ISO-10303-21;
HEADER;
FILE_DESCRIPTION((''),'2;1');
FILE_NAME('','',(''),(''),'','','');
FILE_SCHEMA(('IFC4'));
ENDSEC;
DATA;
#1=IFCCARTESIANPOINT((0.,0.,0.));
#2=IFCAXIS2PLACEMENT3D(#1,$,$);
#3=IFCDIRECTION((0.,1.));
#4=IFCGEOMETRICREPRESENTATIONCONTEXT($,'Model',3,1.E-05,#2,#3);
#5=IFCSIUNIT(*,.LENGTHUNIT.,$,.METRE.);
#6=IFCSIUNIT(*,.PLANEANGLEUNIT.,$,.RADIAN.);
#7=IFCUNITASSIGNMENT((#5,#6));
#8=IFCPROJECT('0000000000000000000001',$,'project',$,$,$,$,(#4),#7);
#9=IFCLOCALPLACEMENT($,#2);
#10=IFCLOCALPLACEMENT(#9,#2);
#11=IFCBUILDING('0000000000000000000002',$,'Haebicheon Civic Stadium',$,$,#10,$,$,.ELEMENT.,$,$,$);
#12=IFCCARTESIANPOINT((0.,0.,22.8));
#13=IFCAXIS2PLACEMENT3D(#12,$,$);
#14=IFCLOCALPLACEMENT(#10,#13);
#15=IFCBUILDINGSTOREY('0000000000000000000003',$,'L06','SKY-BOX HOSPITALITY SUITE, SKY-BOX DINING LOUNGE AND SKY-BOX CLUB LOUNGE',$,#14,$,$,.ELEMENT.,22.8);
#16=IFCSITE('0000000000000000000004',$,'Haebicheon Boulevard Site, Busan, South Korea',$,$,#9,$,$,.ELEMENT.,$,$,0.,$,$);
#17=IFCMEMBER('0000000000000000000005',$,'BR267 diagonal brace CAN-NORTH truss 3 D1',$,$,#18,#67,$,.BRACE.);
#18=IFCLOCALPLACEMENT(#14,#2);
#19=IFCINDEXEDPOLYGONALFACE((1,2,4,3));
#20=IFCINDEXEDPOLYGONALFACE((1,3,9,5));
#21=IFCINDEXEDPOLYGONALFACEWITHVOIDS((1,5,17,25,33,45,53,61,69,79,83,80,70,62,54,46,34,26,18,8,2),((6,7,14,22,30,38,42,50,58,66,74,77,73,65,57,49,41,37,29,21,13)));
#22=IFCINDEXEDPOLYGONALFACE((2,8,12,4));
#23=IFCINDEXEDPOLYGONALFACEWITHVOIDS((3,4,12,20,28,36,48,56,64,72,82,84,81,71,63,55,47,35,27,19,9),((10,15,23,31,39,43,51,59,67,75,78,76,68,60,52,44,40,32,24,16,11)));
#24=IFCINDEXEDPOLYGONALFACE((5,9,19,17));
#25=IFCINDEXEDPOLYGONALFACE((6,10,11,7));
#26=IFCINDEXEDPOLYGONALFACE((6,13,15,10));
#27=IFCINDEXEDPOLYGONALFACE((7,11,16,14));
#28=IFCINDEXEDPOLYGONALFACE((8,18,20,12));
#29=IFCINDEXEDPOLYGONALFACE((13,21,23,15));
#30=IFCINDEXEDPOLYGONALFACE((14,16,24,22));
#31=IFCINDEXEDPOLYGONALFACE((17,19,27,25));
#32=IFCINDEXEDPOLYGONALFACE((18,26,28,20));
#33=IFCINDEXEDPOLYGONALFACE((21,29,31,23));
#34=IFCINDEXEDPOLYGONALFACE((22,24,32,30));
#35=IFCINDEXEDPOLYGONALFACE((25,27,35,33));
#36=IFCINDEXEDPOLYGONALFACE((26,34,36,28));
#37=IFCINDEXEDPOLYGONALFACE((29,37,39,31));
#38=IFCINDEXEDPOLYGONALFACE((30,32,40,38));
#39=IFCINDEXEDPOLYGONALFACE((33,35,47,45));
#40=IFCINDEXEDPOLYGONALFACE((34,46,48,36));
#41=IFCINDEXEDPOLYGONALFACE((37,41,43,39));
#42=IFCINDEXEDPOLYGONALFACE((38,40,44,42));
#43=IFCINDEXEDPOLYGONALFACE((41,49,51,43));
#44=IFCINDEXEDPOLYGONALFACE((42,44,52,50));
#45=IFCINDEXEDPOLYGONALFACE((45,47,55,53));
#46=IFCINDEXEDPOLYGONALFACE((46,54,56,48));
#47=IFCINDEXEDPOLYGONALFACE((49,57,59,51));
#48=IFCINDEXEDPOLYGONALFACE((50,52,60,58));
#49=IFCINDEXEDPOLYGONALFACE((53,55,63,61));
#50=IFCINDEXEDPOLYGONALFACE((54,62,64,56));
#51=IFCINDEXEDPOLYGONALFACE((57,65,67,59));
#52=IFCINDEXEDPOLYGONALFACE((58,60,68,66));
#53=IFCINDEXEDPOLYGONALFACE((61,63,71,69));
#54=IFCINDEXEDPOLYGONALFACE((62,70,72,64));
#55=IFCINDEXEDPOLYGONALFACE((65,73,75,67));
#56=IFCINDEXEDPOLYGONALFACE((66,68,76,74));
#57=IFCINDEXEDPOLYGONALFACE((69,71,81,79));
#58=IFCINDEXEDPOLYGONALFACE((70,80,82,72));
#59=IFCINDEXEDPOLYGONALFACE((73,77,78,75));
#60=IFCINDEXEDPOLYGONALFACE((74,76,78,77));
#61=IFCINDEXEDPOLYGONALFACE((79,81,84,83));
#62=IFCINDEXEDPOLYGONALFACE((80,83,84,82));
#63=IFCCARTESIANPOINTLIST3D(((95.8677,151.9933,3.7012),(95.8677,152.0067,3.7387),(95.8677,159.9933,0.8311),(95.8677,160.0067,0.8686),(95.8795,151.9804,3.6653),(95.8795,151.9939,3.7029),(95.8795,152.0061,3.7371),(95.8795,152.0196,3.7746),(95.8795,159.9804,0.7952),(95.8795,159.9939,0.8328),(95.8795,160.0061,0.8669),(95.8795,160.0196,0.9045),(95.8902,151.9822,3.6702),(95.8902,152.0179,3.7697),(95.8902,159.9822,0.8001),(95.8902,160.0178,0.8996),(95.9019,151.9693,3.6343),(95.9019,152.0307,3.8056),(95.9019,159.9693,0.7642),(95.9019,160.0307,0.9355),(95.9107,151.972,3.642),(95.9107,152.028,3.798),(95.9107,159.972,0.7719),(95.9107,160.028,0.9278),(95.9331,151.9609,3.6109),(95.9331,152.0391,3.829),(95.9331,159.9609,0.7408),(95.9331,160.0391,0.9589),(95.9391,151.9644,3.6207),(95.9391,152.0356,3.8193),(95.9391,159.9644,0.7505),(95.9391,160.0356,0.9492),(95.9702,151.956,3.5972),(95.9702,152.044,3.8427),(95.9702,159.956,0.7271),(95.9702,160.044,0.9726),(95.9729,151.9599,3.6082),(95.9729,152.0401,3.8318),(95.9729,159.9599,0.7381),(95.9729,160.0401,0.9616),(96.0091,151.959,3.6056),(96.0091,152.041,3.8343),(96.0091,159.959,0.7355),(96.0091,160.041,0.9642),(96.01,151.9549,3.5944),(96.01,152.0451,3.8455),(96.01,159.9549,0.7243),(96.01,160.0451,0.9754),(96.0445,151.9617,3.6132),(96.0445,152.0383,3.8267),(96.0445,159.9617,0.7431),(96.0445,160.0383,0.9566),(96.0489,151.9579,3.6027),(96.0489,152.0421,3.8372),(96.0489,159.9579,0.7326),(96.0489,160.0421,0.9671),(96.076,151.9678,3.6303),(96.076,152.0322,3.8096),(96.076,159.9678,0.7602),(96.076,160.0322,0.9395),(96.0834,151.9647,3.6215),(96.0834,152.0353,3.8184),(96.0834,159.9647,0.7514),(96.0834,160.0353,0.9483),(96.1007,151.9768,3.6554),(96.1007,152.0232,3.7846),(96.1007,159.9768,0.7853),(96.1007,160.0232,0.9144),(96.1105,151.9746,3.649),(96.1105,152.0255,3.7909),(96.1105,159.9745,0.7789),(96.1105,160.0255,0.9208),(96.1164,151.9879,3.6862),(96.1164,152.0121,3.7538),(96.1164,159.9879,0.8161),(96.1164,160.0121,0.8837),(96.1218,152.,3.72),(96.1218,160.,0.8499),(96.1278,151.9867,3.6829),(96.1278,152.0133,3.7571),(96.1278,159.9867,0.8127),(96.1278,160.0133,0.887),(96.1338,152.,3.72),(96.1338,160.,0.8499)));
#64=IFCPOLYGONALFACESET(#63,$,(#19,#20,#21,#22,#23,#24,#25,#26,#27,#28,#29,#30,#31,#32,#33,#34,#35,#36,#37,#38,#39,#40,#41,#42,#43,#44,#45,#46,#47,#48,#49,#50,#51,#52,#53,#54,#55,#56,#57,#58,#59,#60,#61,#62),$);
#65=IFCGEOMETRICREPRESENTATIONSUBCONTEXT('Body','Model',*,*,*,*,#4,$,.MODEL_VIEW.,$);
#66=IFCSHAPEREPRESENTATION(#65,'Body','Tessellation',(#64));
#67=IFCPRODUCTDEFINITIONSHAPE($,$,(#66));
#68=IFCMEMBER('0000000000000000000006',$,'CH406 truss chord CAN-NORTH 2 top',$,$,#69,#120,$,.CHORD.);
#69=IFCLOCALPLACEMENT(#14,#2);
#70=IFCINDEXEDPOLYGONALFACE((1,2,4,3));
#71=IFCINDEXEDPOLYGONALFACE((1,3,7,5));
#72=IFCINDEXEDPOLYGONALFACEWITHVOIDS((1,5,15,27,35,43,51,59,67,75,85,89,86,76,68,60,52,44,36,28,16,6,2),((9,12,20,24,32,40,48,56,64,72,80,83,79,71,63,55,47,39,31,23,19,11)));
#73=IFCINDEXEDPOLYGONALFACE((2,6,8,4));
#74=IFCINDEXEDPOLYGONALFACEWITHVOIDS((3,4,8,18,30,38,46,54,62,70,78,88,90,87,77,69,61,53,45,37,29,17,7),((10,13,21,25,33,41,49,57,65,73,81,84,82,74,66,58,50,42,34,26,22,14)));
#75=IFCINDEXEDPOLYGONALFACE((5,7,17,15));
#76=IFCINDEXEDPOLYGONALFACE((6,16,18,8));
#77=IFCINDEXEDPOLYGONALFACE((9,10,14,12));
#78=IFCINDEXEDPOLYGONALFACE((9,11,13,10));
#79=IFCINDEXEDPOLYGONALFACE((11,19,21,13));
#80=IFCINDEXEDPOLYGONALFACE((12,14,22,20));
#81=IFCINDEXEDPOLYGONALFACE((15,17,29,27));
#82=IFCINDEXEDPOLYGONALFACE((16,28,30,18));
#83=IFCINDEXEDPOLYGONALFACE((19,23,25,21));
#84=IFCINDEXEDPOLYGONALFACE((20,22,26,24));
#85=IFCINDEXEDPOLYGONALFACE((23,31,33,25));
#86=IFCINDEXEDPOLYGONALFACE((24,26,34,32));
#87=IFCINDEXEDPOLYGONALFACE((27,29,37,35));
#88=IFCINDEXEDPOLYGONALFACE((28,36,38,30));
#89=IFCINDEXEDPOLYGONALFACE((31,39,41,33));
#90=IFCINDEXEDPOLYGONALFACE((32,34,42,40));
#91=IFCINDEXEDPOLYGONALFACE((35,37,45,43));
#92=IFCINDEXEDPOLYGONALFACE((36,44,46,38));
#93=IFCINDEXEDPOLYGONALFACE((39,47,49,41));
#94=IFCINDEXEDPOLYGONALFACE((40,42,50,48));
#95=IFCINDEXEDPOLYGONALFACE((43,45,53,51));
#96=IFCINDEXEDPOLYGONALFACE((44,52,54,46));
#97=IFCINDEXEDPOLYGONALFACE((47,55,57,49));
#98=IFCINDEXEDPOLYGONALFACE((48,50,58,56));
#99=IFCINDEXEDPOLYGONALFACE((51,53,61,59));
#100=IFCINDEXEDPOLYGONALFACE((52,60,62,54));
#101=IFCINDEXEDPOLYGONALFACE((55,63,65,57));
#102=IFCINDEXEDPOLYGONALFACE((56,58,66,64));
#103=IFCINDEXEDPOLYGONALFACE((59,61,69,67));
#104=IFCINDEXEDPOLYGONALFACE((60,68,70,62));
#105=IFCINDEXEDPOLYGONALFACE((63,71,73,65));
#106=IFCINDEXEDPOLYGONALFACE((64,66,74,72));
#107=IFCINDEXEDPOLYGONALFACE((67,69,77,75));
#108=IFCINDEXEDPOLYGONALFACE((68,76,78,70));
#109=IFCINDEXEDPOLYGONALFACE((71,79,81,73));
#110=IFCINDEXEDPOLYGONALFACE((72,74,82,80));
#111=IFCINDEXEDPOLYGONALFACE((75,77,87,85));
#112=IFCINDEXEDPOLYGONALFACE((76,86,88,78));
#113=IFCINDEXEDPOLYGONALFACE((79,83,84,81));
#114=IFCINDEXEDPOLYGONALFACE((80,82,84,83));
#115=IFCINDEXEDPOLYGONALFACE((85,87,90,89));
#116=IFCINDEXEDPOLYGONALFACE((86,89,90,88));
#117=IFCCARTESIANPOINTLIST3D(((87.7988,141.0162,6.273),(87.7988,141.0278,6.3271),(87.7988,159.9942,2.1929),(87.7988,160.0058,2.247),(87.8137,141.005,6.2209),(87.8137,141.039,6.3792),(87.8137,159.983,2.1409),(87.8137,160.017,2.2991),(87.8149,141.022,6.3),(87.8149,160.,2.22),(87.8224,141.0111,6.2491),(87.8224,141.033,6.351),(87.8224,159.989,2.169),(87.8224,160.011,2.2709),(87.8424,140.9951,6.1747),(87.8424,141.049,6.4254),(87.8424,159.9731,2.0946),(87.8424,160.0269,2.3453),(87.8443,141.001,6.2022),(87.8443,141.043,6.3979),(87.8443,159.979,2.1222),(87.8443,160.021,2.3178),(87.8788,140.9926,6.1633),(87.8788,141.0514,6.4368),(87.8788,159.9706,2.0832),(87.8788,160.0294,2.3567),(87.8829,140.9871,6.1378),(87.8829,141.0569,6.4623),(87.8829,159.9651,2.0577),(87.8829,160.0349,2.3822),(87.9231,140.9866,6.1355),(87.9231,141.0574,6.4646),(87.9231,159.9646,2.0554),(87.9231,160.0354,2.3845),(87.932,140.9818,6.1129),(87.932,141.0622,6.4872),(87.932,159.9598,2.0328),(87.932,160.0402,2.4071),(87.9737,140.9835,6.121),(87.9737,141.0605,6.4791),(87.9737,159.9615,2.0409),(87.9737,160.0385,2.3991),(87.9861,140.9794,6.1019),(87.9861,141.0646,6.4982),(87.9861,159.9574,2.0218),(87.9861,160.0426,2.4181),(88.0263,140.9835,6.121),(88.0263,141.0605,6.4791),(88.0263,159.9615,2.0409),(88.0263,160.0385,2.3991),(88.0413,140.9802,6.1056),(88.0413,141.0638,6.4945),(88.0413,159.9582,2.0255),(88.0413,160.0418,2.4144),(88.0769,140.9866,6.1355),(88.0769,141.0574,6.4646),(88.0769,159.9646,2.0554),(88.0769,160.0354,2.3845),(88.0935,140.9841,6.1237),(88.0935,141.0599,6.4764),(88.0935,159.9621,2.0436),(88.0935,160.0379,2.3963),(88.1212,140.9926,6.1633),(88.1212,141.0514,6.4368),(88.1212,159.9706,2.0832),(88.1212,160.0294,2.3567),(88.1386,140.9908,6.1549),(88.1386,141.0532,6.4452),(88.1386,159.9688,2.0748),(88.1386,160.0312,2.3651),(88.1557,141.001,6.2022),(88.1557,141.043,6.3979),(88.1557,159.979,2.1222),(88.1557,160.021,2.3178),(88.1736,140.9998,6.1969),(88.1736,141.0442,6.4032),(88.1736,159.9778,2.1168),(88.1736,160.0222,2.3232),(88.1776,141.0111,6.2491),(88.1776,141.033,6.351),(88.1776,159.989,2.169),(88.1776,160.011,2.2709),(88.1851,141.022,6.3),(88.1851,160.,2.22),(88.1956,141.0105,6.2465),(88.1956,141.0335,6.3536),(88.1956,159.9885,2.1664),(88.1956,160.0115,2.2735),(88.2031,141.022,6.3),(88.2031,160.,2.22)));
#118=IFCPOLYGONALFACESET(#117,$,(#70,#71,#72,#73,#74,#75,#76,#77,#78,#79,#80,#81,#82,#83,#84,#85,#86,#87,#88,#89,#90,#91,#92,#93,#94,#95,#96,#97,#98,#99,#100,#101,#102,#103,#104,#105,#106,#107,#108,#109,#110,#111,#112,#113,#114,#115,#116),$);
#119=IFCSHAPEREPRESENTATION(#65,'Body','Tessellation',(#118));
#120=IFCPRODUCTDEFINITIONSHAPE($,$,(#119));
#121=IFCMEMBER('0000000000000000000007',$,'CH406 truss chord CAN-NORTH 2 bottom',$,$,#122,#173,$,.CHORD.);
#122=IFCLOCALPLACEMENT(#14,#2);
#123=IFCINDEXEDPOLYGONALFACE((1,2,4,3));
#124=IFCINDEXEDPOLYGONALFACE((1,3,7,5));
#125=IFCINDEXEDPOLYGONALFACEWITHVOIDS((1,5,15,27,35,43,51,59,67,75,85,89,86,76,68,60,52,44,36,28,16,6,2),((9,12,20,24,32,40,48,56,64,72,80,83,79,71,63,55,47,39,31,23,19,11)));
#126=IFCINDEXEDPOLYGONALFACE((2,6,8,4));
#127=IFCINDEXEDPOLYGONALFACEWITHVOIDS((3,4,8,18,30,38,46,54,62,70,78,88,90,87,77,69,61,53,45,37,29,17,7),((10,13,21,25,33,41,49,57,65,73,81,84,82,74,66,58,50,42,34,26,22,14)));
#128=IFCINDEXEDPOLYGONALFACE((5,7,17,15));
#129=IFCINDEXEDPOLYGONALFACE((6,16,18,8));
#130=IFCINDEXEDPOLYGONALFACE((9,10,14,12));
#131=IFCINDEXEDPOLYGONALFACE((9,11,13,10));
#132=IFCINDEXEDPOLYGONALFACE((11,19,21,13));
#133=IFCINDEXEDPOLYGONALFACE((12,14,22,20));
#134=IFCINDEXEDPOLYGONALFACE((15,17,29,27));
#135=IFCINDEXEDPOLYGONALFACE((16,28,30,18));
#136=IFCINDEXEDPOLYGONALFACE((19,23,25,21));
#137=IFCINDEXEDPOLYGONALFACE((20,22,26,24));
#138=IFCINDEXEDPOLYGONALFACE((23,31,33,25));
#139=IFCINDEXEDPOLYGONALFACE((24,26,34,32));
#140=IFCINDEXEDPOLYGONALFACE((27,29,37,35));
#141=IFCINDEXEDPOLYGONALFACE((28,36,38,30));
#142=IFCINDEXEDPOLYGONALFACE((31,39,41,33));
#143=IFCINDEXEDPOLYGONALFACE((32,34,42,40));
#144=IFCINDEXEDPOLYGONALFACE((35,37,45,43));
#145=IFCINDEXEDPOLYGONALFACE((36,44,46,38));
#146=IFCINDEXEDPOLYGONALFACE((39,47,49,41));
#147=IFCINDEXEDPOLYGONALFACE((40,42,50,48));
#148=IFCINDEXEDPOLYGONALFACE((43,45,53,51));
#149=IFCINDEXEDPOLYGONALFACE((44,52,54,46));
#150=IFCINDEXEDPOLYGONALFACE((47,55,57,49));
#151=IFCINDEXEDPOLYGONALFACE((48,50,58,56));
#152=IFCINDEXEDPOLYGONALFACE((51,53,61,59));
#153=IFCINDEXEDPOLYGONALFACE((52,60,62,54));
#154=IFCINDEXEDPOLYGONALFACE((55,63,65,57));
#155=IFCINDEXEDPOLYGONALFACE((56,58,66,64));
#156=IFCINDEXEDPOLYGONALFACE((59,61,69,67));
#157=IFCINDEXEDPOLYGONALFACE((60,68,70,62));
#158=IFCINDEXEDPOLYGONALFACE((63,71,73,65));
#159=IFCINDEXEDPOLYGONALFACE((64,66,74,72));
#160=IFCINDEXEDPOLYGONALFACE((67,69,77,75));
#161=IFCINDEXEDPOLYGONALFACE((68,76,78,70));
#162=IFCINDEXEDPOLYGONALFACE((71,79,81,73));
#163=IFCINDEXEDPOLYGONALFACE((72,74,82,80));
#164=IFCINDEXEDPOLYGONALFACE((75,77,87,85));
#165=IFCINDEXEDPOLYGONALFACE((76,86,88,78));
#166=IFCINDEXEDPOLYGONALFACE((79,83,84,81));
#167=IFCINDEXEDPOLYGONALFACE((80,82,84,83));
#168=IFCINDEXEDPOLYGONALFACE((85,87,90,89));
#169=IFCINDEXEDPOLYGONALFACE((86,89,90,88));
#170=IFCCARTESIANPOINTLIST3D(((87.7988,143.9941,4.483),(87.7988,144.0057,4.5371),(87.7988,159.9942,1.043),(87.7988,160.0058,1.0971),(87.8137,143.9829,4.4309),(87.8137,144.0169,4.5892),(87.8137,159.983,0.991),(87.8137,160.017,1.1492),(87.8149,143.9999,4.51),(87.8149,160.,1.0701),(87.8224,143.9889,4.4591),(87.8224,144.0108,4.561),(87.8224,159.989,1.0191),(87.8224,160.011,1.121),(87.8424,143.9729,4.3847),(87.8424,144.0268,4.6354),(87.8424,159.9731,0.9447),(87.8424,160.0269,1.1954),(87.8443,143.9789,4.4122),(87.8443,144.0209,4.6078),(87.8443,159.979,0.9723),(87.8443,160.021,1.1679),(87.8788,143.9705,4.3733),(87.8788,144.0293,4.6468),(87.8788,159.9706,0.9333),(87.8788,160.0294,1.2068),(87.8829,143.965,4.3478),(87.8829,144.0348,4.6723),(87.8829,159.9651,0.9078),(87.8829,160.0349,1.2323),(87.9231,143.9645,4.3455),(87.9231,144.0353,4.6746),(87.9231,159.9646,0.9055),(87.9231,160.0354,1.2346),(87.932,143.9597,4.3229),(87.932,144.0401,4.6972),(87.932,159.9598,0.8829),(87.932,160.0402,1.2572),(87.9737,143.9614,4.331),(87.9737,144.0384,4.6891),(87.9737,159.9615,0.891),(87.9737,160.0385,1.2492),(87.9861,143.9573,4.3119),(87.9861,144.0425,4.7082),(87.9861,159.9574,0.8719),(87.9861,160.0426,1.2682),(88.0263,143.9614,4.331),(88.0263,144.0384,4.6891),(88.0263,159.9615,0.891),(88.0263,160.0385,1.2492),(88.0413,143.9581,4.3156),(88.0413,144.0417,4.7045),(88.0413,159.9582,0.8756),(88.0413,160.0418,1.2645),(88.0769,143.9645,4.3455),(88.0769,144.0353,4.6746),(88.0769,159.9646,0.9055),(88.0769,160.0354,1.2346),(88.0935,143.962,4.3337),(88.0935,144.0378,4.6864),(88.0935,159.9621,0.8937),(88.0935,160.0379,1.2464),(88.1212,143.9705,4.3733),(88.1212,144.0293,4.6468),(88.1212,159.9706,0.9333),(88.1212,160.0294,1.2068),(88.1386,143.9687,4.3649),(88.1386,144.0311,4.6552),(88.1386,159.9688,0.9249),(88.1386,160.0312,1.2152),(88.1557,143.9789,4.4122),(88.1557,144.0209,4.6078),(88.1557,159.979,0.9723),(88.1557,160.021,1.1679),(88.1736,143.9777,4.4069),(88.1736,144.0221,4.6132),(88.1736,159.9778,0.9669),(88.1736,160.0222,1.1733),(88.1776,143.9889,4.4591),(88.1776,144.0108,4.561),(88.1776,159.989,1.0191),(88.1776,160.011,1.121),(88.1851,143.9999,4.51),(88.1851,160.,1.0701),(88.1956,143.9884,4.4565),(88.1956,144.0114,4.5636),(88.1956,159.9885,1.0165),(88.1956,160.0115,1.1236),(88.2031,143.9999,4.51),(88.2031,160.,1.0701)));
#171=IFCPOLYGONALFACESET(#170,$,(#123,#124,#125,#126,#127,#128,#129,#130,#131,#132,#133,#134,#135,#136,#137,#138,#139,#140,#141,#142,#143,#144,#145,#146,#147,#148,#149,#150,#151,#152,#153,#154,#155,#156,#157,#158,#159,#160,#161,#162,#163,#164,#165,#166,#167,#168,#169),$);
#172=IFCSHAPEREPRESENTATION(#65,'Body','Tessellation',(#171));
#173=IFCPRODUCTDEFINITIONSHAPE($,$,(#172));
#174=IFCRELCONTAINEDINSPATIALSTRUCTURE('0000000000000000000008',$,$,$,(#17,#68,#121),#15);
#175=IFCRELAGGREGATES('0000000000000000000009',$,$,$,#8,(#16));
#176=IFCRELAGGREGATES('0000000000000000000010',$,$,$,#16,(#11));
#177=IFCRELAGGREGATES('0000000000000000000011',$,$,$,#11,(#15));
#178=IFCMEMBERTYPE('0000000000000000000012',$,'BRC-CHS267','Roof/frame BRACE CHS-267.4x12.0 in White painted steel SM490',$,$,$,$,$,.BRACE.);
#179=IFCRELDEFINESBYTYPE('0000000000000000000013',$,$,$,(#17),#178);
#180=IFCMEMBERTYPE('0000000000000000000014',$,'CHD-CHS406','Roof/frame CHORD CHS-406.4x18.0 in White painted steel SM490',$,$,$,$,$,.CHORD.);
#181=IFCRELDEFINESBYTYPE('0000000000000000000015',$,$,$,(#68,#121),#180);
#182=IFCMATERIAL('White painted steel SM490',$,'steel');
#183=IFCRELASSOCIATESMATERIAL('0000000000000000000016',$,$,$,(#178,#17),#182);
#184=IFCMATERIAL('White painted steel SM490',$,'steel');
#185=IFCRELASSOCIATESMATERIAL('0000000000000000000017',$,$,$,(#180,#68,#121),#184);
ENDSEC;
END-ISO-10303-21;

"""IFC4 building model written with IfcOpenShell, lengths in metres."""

from ifc_helpers import new_model, si_unit, direction, frame, origin, origin_2d, place, context, subcontext, project, spatial, hollow_circle, extrude, material, material_profile, profile_set, type_object, element, save


model = new_model("IFC4")

# Units and contexts
model_context = context("Model", 3, precision=1e-05, world=origin(), true_north=direction((0.0, 1.0)))
body_context = subcontext(model_context, "Body", "Model", "MODEL_VIEW")
ifc_project = project(units=[si_unit("LENGTHUNIT", "METRE"), si_unit("PLANEANGLEUNIT", "RADIAN")], contexts=[model_context])

# Site, building, storey
site_placement = place(None, origin())
site = spatial("IfcSite", under=ifc_project, at=site_placement, Name="Haebicheon Boulevard Site, Busan, South Korea", CompositionType="ELEMENT", RefElevation=0.0)
building_placement = place(site_placement, origin())
building = spatial("IfcBuilding", under=site, at=building_placement, Name="Haebicheon Civic Stadium", CompositionType="ELEMENT")
storey_placement = place(building_placement, frame((0.0, 0.0, 22.8)))
storey = spatial("IfcBuildingStorey", under=building, at=storey_placement, Name="L06", Description="SKY-BOX HOSPITALITY SUITE, SKY-BOX DINING LOUNGE AND SKY-BOX CLUB LOUNGE", CompositionType="ELEMENT", Elevation=22.8)

# Members
ifc_material_1 = material(Name="White painted steel SM490", Category="steel")
ifc_material_profile_1 = material_profile(ifc_material_1, hollow_circle(Radius=0.1338, WallThickness=0.012, at=origin_2d()), Name="CHS-267.4x12.0")
ifc_profile_set_1 = profile_set([ifc_material_profile_1], Name="White painted steel SM490")
member_type_1 = type_object("IfcMemberType", Name="BRC-CHS267", Description="Roof/frame BRACE CHS-267.4x12.0 in White painted steel SM490", PredefinedType="BRACE", material=ifc_profile_set_1)
for number, where, z_axis, x_axis, name in (
    (1, (96.0, 160.0, 0.8499), (0.0, -0.941257, 0.33769), (1.0, 0.0, 0.0), "BR267 diagonal brace CAN-NORTH truss 3 D1"),
):
    element("IfcMember", number, at=place(storey_placement, frame(where, z_axis=z_axis, x_axis=x_axis)), inside=storey, type_object=member_type_1, material=ifc_profile_set_1, Name=name, PredefinedType="BRACE", context=body_context, shape_type="SweptSolid", body=[
        extrude(hollow_circle(Radius=0.1338, WallThickness=0.012, at=origin_2d()), origin(), (0.0, 0.0, 1.0), 8.4993),
    ])
ifc_material_2 = material(Name="White painted steel SM490", Category="steel")
ifc_material_profile_2 = material_profile(ifc_material_2, hollow_circle(Radius=0.2031, WallThickness=0.0181, at=origin_2d()), Name="CHS-406.4x18.0")
ifc_profile_set_2 = profile_set([ifc_material_profile_2], Name="White painted steel SM490")
member_type_2 = type_object("IfcMemberType", Name="CHD-CHS406", Description="Roof/frame CHORD CHS-406.4x18.0 in White painted steel SM490", PredefinedType="CHORD", material=ifc_profile_set_2)
member_1_placement = place(storey_placement, frame((88.0, 160.0, 2.22), z_axis=(0.0, -0.977661, 0.210187), x_axis=(1.0, 0.0, 0.0)))
element("IfcMember", 2, at=member_1_placement, inside=storey, type_object=member_type_2, material=ifc_profile_set_2, Name="CH406 truss chord CAN-NORTH 2 top", PredefinedType="CHORD", context=body_context, shape_type="SweptSolid", body=[
    extrude(hollow_circle(Radius=0.2031, WallThickness=0.0181, at=origin_2d()), origin(), (0.0, 0.0, 1.0), 19.4116),
])
member_2_placement = place(storey_placement, frame((88.0, 160.0, 1.0701), z_axis=(0.0, -0.97766, 0.210193), x_axis=(1.0, 0.0, 0.0)))
element("IfcMember", 3, at=member_2_placement, inside=storey, type_object=member_type_2, material=ifc_profile_set_2, Name="CH406 truss chord CAN-NORTH 2 bottom", PredefinedType="CHORD", context=body_context, shape_type="SweptSolid", body=[
    extrude(hollow_circle(Radius=0.2031, WallThickness=0.0181, at=origin_2d()), origin(), (0.0, 0.0, 1.0), 16.3657),
])

save(model, "model.ifc")
